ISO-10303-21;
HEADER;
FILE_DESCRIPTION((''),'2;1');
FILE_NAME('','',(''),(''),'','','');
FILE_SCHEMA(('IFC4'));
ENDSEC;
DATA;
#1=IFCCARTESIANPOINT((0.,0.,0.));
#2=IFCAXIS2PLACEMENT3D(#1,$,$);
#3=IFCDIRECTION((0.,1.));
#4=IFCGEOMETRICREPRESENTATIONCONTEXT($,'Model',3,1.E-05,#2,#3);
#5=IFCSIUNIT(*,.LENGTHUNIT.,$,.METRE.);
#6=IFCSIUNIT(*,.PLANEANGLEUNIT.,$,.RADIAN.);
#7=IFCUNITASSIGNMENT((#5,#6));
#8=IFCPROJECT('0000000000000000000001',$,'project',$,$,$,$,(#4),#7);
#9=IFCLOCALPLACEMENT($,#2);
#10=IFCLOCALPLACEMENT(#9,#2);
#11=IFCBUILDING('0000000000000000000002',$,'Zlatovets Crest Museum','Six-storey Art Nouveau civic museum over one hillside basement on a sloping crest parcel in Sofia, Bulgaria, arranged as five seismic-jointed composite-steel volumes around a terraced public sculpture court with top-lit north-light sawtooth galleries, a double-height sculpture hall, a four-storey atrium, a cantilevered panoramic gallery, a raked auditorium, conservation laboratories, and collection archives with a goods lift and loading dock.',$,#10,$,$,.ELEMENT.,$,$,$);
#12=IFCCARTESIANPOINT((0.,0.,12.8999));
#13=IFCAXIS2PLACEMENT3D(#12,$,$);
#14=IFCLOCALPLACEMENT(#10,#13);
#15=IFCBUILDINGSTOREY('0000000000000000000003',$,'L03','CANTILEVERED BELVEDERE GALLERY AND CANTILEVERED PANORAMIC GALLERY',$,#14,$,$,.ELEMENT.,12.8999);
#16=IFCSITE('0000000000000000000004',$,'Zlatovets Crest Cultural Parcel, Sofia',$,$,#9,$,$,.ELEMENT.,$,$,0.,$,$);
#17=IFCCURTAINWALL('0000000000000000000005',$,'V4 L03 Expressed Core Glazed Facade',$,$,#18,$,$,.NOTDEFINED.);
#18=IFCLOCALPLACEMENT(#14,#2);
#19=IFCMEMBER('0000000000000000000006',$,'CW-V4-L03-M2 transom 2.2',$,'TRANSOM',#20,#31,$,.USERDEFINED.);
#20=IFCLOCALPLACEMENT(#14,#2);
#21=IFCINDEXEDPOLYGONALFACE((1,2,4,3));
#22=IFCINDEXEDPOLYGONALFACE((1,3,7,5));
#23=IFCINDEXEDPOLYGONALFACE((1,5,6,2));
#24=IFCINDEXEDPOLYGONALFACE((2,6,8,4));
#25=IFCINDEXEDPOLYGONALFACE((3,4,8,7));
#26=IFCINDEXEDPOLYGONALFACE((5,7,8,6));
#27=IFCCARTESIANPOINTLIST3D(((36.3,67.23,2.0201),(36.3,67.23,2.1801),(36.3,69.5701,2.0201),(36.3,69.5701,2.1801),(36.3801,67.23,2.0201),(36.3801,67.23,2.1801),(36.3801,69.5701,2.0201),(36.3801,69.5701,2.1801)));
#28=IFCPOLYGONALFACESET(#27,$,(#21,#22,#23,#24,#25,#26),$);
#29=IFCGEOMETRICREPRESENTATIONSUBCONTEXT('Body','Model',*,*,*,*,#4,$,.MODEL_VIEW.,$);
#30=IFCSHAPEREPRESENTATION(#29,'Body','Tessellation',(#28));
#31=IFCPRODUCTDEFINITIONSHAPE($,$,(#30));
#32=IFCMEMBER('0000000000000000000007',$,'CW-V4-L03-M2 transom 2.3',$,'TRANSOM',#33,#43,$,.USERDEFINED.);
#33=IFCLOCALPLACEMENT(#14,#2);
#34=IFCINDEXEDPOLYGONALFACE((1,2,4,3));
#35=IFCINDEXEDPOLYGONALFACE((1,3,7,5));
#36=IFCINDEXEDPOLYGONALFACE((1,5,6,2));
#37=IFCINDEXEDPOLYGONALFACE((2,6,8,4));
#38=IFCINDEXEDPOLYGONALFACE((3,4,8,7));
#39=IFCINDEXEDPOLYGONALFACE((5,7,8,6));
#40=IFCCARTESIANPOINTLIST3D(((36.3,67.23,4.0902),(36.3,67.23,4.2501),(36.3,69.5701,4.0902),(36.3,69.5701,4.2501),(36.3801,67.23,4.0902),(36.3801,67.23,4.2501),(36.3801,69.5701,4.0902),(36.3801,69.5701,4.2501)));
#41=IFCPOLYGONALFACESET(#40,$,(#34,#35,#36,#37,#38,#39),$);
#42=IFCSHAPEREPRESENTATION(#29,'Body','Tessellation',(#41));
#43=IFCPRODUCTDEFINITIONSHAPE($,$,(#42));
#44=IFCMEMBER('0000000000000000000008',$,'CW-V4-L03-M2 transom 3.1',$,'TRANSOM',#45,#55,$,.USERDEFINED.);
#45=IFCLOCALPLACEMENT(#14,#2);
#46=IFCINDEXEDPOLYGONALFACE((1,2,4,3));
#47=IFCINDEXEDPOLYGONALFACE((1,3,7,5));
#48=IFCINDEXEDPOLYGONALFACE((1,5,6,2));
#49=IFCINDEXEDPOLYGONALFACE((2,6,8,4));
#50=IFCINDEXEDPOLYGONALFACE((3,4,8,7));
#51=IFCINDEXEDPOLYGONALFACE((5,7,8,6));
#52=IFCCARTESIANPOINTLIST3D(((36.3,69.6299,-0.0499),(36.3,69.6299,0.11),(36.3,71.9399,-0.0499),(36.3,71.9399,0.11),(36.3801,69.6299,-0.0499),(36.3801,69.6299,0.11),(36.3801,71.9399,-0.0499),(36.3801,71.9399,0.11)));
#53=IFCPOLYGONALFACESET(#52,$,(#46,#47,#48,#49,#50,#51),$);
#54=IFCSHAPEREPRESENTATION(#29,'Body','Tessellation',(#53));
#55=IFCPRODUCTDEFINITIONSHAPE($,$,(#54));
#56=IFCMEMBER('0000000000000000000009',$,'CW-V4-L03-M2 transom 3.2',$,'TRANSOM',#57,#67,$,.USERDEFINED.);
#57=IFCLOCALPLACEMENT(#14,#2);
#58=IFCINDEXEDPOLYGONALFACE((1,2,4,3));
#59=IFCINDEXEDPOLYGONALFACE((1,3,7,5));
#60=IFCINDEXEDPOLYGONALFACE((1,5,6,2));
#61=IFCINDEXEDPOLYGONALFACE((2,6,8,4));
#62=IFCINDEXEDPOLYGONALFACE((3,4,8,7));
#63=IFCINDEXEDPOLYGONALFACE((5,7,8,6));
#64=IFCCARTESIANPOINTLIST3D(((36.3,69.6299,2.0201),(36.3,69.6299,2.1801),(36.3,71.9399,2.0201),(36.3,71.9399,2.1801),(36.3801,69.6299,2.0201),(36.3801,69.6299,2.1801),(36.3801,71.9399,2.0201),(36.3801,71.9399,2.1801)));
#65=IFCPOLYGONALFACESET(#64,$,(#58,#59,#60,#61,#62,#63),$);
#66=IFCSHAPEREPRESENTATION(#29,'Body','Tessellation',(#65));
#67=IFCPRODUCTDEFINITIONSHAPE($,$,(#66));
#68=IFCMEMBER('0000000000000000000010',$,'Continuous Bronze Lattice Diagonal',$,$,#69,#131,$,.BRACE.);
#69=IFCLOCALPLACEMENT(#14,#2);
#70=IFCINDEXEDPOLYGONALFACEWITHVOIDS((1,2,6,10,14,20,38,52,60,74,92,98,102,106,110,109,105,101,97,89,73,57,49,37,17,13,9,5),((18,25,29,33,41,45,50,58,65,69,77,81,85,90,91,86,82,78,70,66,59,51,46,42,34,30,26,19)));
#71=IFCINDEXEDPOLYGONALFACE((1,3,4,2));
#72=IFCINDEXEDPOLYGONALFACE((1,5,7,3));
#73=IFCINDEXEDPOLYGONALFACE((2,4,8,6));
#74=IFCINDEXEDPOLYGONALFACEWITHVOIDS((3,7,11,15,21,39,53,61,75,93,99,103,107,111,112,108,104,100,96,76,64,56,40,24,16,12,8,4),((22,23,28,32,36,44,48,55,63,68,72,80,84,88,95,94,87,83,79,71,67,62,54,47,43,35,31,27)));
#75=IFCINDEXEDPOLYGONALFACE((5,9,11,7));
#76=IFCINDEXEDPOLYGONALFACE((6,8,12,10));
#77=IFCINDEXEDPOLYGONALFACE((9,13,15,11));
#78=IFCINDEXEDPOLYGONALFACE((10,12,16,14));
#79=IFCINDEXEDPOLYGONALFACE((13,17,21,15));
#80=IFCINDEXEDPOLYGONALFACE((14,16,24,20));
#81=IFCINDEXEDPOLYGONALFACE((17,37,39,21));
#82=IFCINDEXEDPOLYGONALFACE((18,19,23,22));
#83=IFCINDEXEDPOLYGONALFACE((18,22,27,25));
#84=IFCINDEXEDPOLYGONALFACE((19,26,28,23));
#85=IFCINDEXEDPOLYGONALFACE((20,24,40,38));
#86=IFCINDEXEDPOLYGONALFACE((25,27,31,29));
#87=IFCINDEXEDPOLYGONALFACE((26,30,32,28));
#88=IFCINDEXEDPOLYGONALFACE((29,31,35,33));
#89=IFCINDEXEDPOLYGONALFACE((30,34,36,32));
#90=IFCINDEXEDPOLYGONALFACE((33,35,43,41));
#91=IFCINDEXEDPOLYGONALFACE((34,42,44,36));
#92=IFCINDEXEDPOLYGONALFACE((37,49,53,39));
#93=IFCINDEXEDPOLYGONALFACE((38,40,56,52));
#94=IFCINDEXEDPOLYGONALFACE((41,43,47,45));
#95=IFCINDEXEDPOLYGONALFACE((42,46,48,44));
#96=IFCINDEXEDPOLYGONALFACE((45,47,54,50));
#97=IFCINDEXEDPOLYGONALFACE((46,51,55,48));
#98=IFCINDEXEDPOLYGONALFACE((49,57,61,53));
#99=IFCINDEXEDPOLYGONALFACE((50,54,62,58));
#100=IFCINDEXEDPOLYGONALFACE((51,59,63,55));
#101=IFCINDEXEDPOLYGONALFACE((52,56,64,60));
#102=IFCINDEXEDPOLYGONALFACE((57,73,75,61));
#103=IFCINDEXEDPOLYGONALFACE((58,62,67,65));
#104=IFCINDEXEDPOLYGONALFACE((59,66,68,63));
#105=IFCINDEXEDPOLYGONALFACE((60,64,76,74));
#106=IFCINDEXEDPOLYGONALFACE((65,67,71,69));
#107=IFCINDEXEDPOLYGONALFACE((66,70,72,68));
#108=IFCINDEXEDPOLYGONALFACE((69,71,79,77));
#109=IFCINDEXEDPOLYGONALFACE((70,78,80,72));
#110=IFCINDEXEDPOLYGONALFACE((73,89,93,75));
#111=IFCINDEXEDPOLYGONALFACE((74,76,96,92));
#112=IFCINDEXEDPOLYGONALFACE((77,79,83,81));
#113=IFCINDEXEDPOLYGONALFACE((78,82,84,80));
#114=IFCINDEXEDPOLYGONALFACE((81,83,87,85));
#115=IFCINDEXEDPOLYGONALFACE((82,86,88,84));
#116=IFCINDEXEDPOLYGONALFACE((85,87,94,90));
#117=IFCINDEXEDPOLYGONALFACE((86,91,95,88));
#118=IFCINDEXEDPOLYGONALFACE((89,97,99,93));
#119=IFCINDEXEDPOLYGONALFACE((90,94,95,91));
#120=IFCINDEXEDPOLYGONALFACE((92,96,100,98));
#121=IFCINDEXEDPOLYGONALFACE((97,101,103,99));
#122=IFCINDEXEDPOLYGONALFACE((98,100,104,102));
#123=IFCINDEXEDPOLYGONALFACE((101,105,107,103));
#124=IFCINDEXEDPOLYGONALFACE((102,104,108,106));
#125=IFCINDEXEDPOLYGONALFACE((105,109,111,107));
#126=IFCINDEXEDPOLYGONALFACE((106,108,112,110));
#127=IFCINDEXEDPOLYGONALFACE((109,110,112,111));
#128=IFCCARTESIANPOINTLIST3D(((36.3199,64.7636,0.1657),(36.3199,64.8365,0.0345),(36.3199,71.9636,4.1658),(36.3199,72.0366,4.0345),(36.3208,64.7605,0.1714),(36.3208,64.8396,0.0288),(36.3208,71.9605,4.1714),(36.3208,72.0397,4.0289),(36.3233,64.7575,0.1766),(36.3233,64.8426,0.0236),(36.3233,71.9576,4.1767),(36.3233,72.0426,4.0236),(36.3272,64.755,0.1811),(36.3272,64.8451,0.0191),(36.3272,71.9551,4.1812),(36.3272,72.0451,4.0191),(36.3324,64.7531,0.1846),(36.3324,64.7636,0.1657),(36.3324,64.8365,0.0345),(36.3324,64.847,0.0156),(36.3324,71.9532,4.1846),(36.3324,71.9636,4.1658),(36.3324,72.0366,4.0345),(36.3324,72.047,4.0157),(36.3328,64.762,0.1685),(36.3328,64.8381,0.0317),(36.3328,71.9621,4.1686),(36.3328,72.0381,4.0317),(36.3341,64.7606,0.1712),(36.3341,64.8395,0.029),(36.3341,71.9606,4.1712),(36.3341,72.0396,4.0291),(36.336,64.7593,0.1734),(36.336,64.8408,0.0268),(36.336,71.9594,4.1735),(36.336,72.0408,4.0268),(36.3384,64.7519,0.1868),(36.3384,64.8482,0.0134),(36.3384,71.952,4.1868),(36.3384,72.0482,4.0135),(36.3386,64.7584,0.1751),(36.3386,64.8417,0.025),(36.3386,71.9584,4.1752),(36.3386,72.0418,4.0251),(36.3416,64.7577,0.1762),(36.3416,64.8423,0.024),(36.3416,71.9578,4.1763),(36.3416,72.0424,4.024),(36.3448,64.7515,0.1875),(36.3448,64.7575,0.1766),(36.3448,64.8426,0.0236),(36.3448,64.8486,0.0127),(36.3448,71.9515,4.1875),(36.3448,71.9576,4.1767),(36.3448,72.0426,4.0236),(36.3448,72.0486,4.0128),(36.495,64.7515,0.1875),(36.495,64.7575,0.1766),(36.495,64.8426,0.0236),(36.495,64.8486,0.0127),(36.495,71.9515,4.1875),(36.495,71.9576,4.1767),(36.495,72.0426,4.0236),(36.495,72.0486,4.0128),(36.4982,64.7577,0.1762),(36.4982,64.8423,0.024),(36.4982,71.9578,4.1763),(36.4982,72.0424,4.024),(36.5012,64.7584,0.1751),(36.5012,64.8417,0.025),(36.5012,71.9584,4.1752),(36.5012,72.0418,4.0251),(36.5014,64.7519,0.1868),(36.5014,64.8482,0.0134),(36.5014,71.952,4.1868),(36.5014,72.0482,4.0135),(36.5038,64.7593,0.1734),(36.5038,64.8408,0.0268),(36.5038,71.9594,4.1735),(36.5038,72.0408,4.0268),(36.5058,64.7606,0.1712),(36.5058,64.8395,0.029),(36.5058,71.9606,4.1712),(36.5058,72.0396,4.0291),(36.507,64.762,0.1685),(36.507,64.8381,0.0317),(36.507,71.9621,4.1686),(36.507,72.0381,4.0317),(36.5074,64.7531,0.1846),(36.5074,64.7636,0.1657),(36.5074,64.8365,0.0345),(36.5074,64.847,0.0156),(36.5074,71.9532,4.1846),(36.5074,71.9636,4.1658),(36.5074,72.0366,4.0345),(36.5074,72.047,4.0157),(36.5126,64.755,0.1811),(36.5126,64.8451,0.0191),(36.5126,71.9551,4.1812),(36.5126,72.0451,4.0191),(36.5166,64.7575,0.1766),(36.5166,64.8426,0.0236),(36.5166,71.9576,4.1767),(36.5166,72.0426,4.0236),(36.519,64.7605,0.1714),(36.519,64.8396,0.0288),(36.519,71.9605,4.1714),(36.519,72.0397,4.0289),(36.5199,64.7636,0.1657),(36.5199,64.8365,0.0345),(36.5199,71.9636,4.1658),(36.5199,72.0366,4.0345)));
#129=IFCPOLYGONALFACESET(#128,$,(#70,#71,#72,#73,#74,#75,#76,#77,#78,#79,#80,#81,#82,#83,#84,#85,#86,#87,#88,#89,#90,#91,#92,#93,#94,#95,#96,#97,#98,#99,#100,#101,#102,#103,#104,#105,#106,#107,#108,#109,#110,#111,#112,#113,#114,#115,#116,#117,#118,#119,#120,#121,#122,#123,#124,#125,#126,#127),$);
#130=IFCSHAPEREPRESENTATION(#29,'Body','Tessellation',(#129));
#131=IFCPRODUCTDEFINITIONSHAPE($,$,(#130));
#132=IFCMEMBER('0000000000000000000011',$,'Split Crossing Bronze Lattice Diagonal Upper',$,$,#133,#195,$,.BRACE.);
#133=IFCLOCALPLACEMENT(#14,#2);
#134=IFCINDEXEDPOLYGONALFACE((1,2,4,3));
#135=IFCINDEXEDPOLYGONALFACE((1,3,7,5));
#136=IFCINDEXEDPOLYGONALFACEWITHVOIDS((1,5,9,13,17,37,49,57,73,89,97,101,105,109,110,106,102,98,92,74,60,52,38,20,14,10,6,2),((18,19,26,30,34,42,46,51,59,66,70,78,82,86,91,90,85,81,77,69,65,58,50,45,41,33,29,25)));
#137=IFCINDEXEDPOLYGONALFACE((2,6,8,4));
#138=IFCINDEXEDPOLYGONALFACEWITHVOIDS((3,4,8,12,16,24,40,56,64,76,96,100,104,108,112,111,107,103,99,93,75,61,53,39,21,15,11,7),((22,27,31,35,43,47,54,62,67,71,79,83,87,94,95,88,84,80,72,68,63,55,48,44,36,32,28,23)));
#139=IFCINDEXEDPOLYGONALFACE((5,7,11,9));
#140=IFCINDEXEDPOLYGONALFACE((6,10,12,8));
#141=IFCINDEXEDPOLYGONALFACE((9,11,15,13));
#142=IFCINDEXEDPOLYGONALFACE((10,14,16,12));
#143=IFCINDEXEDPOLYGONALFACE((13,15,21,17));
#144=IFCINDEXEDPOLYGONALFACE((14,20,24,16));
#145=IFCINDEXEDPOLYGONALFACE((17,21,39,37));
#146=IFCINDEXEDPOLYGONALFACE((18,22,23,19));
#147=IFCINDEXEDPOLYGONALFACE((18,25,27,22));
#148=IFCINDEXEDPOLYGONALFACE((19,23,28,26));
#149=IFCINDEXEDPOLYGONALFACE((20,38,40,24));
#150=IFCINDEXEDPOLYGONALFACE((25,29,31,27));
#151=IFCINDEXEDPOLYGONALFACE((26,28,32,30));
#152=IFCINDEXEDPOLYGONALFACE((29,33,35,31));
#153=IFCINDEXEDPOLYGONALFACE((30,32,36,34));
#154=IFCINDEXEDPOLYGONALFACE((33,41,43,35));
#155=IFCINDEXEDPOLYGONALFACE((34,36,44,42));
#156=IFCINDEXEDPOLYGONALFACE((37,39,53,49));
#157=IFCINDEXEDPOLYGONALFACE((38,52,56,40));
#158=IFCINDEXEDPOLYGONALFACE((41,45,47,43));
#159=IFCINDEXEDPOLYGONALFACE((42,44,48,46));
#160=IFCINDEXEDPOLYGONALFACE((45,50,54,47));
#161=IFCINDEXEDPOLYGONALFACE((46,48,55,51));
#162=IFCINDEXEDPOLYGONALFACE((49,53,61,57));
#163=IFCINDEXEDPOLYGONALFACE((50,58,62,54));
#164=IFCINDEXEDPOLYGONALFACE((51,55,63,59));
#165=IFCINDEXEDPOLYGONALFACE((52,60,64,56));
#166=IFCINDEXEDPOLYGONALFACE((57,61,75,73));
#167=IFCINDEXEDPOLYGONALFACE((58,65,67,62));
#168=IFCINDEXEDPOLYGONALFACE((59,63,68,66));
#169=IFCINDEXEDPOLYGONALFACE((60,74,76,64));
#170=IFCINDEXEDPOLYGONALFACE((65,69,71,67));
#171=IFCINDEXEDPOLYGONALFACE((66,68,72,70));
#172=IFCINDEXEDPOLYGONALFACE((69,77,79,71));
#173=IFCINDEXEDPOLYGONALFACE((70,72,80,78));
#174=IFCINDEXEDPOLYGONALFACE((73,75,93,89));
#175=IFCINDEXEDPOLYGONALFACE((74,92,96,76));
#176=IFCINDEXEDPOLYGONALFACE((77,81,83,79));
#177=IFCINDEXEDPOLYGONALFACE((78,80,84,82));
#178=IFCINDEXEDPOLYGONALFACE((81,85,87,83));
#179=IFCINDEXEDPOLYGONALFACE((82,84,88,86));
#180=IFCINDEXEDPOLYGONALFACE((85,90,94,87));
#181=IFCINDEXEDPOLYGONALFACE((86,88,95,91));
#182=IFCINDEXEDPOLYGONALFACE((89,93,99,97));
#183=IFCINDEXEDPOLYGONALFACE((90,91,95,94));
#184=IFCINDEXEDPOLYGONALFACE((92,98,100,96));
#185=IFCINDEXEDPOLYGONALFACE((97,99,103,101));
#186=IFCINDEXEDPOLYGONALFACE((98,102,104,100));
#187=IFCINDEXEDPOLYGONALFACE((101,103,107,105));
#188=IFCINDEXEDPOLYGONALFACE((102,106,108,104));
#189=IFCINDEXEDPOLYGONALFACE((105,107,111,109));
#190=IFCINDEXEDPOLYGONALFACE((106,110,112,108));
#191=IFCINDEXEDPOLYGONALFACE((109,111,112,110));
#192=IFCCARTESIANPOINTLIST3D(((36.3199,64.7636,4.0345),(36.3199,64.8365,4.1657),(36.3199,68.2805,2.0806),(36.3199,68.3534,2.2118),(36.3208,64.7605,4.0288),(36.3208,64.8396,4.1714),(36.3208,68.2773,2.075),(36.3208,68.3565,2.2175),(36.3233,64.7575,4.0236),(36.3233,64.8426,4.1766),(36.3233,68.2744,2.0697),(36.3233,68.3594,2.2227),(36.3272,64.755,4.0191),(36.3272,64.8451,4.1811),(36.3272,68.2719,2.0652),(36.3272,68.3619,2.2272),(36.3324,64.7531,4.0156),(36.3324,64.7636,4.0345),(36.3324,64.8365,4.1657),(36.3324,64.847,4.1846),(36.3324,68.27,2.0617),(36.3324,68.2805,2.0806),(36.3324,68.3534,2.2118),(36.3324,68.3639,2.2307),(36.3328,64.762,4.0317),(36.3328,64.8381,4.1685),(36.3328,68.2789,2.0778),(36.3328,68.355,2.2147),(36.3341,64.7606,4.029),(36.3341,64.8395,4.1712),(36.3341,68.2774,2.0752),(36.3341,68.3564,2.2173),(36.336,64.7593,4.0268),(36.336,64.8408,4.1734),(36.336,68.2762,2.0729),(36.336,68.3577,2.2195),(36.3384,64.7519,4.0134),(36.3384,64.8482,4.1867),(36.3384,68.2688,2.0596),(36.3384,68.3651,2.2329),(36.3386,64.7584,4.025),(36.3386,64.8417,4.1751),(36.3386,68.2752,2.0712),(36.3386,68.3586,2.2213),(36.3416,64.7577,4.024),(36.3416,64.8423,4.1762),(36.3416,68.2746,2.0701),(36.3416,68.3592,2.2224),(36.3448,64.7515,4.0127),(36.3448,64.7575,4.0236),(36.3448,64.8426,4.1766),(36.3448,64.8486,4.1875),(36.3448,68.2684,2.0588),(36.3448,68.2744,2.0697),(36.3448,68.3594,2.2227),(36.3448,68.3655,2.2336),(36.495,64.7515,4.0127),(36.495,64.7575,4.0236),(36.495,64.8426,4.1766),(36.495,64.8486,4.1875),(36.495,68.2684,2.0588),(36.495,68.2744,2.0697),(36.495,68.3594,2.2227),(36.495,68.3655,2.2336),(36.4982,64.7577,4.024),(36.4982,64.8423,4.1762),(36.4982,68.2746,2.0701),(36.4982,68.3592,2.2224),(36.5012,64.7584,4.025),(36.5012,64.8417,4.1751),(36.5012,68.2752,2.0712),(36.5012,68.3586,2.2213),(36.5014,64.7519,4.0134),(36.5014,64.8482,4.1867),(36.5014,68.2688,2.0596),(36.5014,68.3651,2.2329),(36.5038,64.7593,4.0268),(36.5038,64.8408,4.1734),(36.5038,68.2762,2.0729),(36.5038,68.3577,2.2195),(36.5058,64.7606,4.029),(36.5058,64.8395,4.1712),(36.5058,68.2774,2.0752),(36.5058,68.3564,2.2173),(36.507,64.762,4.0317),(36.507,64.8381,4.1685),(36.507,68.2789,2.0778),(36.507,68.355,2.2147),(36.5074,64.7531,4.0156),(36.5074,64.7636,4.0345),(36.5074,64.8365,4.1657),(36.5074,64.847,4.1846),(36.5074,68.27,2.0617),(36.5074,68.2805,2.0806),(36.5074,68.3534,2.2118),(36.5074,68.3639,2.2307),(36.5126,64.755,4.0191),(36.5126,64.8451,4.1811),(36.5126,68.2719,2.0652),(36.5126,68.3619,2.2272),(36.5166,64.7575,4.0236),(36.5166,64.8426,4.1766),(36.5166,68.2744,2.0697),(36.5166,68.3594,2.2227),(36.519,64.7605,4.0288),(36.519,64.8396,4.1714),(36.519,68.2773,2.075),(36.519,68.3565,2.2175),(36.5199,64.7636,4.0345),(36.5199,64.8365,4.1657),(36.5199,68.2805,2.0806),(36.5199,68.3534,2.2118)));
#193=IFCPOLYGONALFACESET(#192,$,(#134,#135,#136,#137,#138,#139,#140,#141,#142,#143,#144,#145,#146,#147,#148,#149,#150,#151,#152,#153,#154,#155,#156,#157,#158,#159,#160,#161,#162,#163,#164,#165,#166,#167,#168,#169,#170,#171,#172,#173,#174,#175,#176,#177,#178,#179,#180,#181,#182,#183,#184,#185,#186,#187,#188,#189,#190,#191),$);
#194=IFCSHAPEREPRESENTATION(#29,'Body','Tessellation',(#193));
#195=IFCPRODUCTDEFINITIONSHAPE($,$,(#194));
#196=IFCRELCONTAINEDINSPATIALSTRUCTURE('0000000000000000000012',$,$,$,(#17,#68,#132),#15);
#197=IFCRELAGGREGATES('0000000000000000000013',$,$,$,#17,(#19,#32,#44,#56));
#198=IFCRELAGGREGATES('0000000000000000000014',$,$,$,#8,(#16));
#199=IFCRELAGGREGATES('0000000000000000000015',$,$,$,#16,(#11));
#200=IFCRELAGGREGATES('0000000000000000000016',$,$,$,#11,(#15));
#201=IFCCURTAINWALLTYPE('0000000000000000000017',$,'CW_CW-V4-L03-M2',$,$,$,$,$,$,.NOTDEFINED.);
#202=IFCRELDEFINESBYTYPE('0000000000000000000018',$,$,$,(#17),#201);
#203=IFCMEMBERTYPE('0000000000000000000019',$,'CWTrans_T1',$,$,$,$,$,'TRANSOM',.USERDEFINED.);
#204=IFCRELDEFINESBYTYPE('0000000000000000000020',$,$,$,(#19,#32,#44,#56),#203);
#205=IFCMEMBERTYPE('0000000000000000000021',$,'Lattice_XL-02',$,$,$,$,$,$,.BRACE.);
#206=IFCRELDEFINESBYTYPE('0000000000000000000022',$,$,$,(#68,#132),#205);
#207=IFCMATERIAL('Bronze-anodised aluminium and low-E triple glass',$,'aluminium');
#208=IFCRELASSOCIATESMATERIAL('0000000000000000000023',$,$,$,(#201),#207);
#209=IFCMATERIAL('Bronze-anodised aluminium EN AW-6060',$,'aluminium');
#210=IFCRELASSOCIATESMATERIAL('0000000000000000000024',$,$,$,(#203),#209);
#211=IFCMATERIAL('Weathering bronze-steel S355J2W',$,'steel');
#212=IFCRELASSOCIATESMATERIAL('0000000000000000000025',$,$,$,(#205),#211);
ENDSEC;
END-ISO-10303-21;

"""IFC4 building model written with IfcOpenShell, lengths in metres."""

from ifc_helpers import new_model, si_unit, direction, frame, origin, origin_2d, place, context, subcontext, project, spatial, rectangle, hollow_rectangle, extrude, material, material_profile, profile_set, type_object, element, aggregate, save


model = new_model("IFC4")

# Units and contexts
model_context = context("Model", 3, precision=1e-05, world=origin(), true_north=direction((0.0, 1.0)))
body_context = subcontext(model_context, "Body", "Model", "MODEL_VIEW")
ifc_project = project(units=[si_unit("LENGTHUNIT", "METRE"), si_unit("PLANEANGLEUNIT", "RADIAN")], contexts=[model_context])

# Site, building, storey
site_placement = place(None, origin())
site = spatial("IfcSite", under=ifc_project, at=site_placement, Name="Zlatovets Crest Cultural Parcel, Sofia", CompositionType="ELEMENT", RefElevation=0.0)
building_placement = place(site_placement, origin())
building = spatial("IfcBuilding", under=site, at=building_placement, Name="Zlatovets Crest Museum", Description="Six-storey Art Nouveau civic museum over one hillside basement on a sloping crest parcel in Sofia, Bulgaria, arranged as five seismic-jointed composite-steel volumes around a terraced public sculpture court with top-lit north-light sawtooth galleries, a double-height sculpture hall, a four-storey atrium, a cantilevered panoramic gallery, a raked auditorium, conservation laboratories, and collection archives with a goods lift and loading dock.", CompositionType="ELEMENT")
storey_placement = place(building_placement, frame((0.0, 0.0, 12.8999)))
storey = spatial("IfcBuildingStorey", under=building, at=storey_placement, Name="L03", Description="CANTILEVERED BELVEDERE GALLERY AND CANTILEVERED PANORAMIC GALLERY", CompositionType="ELEMENT", Elevation=12.8999)

# Curtain wall, members
ifc_material_1 = material(Name="Bronze-anodised aluminium and low-E triple glass", Category="aluminium")
curtain_wall_type = type_object("IfcCurtainWallType", Name="CW_CW-V4-L03-M2", PredefinedType="NOTDEFINED", material=ifc_material_1)
curtain_wall_placement = place(storey_placement, origin())
curtain_wall = element("IfcCurtainWall", 1, at=curtain_wall_placement, inside=storey, type_object=curtain_wall_type, Name="V4 L03 Expressed Core Glazed Facade", PredefinedType="NOTDEFINED")
ifc_material_2 = material(Name="Bronze-anodised aluminium EN AW-6060", Category="aluminium")
ifc_material_profile_1 = material_profile(ifc_material_2, rectangle(XDim=0.0801, YDim=0.1599, at=origin_2d()), Name="ALU 80x160")
ifc_profile_set_1 = profile_set([ifc_material_profile_1], Name="Bronze-anodised aluminium EN AW-6060")
member_type_1 = type_object("IfcMemberType", Name="CWTrans_T1", ElementType="TRANSOM", PredefinedType="USERDEFINED", material=ifc_profile_set_1)
member_1_placement = place(storey_placement, frame((36.3401, 67.23, 2.1001), z_axis=(0.0, 1.0, 0.0), x_axis=(-1.0, 0.0, 0.0)))
member_1 = element("IfcMember", 2, at=member_1_placement, type_object=member_type_1, Name="CW-V4-L03-M2 transom 2.2", ObjectType="TRANSOM", PredefinedType="USERDEFINED", context=body_context, shape_type="SweptSolid", body=[
    extrude(rectangle(XDim=0.0801, YDim=0.1599, at=origin_2d()), origin(), (0.0, 0.0, 1.0), 2.3401),
])
member_2_placement = place(storey_placement, frame((36.3401, 67.23, 4.1702), z_axis=(0.0, 1.0, 0.0), x_axis=(-1.0, 0.0, 0.0)))
member_2 = element("IfcMember", 3, at=member_2_placement, type_object=member_type_1, Name="CW-V4-L03-M2 transom 2.3", ObjectType="TRANSOM", PredefinedType="USERDEFINED", context=body_context, shape_type="SweptSolid", body=[
    extrude(rectangle(XDim=0.0801, YDim=0.1599, at=origin_2d()), origin(), (0.0, 0.0, 1.0), 2.3401),
])
member_3_placement = place(storey_placement, frame((36.3401, 69.6299, 0.03), z_axis=(0.0, 1.0, 0.0), x_axis=(-1.0, 0.0, 0.0)))
member_3 = element("IfcMember", 4, at=member_3_placement, type_object=member_type_1, Name="CW-V4-L03-M2 transom 3.1", ObjectType="TRANSOM", PredefinedType="USERDEFINED", context=body_context, shape_type="SweptSolid", body=[
    extrude(rectangle(XDim=0.0801, YDim=0.1599, at=origin_2d()), origin(), (0.0, 0.0, 1.0), 2.3101),
])
member_4_placement = place(storey_placement, frame((36.3401, 69.6299, 2.1001), z_axis=(0.0, 1.0, 0.0), x_axis=(-1.0, 0.0, 0.0)))
member_4 = element("IfcMember", 5, at=member_4_placement, type_object=member_type_1, Name="CW-V4-L03-M2 transom 3.2", ObjectType="TRANSOM", PredefinedType="USERDEFINED", context=body_context, shape_type="SweptSolid", body=[
    extrude(rectangle(XDim=0.0801, YDim=0.1599, at=origin_2d()), origin(), (0.0, 0.0, 1.0), 2.3101),
])

# Members
ifc_material_3 = material(Name="Weathering bronze-steel S355J2W", Category="steel")
ifc_material_profile_2 = material_profile(ifc_material_3, hollow_rectangle(XDim=0.2, YDim=0.2, WallThickness=0.0125, InnerFilletRadius=0.0125, OuterFilletRadius=0.0249, at=origin_2d()), Name="SHS 200x200x12.5")
ifc_profile_set_2 = profile_set([ifc_material_profile_2], Name="Weathering bronze-steel S355J2W")
member_type_2 = type_object("IfcMemberType", Name="Lattice_XL-02", PredefinedType="BRACE", material=ifc_profile_set_2)
member_5_placement = place(storey_placement, frame((36.4199, 64.8, 0.1001), z_axis=(0.0, 0.874156, 0.485645), x_axis=(-1.0, 0.0, 0.0)))
element("IfcMember", 6, at=member_5_placement, inside=storey, type_object=member_type_2, Name="Continuous Bronze Lattice Diagonal", PredefinedType="BRACE", context=body_context, shape_type="SweptSolid", body=[
    extrude(hollow_rectangle(XDim=0.2, YDim=0.2, WallThickness=0.0125, InnerFilletRadius=0.0125, OuterFilletRadius=0.0249, at=origin_2d()), origin(), (0.0, 0.0, 1.0), 8.2366),
])
member_6_placement = place(storey_placement, frame((36.4199, 64.8, 4.1001), z_axis=(0.0, 0.874152, -0.485653), x_axis=(-1.0, 0.0, 0.0)))
element("IfcMember", 7, at=member_6_placement, inside=storey, type_object=member_type_2, Name="Split Crossing Bronze Lattice Diagonal Upper", PredefinedType="BRACE", context=body_context, shape_type="SweptSolid", body=[
    extrude(hollow_rectangle(XDim=0.2, YDim=0.2, WallThickness=0.0125, InnerFilletRadius=0.0125, OuterFilletRadius=0.0249, at=origin_2d()), origin(), (0.0, 0.0, 1.0), 4.0232),
])

aggregate(curtain_wall, [member_1, member_2, member_3, member_4])

save(model, "model.ifc")
